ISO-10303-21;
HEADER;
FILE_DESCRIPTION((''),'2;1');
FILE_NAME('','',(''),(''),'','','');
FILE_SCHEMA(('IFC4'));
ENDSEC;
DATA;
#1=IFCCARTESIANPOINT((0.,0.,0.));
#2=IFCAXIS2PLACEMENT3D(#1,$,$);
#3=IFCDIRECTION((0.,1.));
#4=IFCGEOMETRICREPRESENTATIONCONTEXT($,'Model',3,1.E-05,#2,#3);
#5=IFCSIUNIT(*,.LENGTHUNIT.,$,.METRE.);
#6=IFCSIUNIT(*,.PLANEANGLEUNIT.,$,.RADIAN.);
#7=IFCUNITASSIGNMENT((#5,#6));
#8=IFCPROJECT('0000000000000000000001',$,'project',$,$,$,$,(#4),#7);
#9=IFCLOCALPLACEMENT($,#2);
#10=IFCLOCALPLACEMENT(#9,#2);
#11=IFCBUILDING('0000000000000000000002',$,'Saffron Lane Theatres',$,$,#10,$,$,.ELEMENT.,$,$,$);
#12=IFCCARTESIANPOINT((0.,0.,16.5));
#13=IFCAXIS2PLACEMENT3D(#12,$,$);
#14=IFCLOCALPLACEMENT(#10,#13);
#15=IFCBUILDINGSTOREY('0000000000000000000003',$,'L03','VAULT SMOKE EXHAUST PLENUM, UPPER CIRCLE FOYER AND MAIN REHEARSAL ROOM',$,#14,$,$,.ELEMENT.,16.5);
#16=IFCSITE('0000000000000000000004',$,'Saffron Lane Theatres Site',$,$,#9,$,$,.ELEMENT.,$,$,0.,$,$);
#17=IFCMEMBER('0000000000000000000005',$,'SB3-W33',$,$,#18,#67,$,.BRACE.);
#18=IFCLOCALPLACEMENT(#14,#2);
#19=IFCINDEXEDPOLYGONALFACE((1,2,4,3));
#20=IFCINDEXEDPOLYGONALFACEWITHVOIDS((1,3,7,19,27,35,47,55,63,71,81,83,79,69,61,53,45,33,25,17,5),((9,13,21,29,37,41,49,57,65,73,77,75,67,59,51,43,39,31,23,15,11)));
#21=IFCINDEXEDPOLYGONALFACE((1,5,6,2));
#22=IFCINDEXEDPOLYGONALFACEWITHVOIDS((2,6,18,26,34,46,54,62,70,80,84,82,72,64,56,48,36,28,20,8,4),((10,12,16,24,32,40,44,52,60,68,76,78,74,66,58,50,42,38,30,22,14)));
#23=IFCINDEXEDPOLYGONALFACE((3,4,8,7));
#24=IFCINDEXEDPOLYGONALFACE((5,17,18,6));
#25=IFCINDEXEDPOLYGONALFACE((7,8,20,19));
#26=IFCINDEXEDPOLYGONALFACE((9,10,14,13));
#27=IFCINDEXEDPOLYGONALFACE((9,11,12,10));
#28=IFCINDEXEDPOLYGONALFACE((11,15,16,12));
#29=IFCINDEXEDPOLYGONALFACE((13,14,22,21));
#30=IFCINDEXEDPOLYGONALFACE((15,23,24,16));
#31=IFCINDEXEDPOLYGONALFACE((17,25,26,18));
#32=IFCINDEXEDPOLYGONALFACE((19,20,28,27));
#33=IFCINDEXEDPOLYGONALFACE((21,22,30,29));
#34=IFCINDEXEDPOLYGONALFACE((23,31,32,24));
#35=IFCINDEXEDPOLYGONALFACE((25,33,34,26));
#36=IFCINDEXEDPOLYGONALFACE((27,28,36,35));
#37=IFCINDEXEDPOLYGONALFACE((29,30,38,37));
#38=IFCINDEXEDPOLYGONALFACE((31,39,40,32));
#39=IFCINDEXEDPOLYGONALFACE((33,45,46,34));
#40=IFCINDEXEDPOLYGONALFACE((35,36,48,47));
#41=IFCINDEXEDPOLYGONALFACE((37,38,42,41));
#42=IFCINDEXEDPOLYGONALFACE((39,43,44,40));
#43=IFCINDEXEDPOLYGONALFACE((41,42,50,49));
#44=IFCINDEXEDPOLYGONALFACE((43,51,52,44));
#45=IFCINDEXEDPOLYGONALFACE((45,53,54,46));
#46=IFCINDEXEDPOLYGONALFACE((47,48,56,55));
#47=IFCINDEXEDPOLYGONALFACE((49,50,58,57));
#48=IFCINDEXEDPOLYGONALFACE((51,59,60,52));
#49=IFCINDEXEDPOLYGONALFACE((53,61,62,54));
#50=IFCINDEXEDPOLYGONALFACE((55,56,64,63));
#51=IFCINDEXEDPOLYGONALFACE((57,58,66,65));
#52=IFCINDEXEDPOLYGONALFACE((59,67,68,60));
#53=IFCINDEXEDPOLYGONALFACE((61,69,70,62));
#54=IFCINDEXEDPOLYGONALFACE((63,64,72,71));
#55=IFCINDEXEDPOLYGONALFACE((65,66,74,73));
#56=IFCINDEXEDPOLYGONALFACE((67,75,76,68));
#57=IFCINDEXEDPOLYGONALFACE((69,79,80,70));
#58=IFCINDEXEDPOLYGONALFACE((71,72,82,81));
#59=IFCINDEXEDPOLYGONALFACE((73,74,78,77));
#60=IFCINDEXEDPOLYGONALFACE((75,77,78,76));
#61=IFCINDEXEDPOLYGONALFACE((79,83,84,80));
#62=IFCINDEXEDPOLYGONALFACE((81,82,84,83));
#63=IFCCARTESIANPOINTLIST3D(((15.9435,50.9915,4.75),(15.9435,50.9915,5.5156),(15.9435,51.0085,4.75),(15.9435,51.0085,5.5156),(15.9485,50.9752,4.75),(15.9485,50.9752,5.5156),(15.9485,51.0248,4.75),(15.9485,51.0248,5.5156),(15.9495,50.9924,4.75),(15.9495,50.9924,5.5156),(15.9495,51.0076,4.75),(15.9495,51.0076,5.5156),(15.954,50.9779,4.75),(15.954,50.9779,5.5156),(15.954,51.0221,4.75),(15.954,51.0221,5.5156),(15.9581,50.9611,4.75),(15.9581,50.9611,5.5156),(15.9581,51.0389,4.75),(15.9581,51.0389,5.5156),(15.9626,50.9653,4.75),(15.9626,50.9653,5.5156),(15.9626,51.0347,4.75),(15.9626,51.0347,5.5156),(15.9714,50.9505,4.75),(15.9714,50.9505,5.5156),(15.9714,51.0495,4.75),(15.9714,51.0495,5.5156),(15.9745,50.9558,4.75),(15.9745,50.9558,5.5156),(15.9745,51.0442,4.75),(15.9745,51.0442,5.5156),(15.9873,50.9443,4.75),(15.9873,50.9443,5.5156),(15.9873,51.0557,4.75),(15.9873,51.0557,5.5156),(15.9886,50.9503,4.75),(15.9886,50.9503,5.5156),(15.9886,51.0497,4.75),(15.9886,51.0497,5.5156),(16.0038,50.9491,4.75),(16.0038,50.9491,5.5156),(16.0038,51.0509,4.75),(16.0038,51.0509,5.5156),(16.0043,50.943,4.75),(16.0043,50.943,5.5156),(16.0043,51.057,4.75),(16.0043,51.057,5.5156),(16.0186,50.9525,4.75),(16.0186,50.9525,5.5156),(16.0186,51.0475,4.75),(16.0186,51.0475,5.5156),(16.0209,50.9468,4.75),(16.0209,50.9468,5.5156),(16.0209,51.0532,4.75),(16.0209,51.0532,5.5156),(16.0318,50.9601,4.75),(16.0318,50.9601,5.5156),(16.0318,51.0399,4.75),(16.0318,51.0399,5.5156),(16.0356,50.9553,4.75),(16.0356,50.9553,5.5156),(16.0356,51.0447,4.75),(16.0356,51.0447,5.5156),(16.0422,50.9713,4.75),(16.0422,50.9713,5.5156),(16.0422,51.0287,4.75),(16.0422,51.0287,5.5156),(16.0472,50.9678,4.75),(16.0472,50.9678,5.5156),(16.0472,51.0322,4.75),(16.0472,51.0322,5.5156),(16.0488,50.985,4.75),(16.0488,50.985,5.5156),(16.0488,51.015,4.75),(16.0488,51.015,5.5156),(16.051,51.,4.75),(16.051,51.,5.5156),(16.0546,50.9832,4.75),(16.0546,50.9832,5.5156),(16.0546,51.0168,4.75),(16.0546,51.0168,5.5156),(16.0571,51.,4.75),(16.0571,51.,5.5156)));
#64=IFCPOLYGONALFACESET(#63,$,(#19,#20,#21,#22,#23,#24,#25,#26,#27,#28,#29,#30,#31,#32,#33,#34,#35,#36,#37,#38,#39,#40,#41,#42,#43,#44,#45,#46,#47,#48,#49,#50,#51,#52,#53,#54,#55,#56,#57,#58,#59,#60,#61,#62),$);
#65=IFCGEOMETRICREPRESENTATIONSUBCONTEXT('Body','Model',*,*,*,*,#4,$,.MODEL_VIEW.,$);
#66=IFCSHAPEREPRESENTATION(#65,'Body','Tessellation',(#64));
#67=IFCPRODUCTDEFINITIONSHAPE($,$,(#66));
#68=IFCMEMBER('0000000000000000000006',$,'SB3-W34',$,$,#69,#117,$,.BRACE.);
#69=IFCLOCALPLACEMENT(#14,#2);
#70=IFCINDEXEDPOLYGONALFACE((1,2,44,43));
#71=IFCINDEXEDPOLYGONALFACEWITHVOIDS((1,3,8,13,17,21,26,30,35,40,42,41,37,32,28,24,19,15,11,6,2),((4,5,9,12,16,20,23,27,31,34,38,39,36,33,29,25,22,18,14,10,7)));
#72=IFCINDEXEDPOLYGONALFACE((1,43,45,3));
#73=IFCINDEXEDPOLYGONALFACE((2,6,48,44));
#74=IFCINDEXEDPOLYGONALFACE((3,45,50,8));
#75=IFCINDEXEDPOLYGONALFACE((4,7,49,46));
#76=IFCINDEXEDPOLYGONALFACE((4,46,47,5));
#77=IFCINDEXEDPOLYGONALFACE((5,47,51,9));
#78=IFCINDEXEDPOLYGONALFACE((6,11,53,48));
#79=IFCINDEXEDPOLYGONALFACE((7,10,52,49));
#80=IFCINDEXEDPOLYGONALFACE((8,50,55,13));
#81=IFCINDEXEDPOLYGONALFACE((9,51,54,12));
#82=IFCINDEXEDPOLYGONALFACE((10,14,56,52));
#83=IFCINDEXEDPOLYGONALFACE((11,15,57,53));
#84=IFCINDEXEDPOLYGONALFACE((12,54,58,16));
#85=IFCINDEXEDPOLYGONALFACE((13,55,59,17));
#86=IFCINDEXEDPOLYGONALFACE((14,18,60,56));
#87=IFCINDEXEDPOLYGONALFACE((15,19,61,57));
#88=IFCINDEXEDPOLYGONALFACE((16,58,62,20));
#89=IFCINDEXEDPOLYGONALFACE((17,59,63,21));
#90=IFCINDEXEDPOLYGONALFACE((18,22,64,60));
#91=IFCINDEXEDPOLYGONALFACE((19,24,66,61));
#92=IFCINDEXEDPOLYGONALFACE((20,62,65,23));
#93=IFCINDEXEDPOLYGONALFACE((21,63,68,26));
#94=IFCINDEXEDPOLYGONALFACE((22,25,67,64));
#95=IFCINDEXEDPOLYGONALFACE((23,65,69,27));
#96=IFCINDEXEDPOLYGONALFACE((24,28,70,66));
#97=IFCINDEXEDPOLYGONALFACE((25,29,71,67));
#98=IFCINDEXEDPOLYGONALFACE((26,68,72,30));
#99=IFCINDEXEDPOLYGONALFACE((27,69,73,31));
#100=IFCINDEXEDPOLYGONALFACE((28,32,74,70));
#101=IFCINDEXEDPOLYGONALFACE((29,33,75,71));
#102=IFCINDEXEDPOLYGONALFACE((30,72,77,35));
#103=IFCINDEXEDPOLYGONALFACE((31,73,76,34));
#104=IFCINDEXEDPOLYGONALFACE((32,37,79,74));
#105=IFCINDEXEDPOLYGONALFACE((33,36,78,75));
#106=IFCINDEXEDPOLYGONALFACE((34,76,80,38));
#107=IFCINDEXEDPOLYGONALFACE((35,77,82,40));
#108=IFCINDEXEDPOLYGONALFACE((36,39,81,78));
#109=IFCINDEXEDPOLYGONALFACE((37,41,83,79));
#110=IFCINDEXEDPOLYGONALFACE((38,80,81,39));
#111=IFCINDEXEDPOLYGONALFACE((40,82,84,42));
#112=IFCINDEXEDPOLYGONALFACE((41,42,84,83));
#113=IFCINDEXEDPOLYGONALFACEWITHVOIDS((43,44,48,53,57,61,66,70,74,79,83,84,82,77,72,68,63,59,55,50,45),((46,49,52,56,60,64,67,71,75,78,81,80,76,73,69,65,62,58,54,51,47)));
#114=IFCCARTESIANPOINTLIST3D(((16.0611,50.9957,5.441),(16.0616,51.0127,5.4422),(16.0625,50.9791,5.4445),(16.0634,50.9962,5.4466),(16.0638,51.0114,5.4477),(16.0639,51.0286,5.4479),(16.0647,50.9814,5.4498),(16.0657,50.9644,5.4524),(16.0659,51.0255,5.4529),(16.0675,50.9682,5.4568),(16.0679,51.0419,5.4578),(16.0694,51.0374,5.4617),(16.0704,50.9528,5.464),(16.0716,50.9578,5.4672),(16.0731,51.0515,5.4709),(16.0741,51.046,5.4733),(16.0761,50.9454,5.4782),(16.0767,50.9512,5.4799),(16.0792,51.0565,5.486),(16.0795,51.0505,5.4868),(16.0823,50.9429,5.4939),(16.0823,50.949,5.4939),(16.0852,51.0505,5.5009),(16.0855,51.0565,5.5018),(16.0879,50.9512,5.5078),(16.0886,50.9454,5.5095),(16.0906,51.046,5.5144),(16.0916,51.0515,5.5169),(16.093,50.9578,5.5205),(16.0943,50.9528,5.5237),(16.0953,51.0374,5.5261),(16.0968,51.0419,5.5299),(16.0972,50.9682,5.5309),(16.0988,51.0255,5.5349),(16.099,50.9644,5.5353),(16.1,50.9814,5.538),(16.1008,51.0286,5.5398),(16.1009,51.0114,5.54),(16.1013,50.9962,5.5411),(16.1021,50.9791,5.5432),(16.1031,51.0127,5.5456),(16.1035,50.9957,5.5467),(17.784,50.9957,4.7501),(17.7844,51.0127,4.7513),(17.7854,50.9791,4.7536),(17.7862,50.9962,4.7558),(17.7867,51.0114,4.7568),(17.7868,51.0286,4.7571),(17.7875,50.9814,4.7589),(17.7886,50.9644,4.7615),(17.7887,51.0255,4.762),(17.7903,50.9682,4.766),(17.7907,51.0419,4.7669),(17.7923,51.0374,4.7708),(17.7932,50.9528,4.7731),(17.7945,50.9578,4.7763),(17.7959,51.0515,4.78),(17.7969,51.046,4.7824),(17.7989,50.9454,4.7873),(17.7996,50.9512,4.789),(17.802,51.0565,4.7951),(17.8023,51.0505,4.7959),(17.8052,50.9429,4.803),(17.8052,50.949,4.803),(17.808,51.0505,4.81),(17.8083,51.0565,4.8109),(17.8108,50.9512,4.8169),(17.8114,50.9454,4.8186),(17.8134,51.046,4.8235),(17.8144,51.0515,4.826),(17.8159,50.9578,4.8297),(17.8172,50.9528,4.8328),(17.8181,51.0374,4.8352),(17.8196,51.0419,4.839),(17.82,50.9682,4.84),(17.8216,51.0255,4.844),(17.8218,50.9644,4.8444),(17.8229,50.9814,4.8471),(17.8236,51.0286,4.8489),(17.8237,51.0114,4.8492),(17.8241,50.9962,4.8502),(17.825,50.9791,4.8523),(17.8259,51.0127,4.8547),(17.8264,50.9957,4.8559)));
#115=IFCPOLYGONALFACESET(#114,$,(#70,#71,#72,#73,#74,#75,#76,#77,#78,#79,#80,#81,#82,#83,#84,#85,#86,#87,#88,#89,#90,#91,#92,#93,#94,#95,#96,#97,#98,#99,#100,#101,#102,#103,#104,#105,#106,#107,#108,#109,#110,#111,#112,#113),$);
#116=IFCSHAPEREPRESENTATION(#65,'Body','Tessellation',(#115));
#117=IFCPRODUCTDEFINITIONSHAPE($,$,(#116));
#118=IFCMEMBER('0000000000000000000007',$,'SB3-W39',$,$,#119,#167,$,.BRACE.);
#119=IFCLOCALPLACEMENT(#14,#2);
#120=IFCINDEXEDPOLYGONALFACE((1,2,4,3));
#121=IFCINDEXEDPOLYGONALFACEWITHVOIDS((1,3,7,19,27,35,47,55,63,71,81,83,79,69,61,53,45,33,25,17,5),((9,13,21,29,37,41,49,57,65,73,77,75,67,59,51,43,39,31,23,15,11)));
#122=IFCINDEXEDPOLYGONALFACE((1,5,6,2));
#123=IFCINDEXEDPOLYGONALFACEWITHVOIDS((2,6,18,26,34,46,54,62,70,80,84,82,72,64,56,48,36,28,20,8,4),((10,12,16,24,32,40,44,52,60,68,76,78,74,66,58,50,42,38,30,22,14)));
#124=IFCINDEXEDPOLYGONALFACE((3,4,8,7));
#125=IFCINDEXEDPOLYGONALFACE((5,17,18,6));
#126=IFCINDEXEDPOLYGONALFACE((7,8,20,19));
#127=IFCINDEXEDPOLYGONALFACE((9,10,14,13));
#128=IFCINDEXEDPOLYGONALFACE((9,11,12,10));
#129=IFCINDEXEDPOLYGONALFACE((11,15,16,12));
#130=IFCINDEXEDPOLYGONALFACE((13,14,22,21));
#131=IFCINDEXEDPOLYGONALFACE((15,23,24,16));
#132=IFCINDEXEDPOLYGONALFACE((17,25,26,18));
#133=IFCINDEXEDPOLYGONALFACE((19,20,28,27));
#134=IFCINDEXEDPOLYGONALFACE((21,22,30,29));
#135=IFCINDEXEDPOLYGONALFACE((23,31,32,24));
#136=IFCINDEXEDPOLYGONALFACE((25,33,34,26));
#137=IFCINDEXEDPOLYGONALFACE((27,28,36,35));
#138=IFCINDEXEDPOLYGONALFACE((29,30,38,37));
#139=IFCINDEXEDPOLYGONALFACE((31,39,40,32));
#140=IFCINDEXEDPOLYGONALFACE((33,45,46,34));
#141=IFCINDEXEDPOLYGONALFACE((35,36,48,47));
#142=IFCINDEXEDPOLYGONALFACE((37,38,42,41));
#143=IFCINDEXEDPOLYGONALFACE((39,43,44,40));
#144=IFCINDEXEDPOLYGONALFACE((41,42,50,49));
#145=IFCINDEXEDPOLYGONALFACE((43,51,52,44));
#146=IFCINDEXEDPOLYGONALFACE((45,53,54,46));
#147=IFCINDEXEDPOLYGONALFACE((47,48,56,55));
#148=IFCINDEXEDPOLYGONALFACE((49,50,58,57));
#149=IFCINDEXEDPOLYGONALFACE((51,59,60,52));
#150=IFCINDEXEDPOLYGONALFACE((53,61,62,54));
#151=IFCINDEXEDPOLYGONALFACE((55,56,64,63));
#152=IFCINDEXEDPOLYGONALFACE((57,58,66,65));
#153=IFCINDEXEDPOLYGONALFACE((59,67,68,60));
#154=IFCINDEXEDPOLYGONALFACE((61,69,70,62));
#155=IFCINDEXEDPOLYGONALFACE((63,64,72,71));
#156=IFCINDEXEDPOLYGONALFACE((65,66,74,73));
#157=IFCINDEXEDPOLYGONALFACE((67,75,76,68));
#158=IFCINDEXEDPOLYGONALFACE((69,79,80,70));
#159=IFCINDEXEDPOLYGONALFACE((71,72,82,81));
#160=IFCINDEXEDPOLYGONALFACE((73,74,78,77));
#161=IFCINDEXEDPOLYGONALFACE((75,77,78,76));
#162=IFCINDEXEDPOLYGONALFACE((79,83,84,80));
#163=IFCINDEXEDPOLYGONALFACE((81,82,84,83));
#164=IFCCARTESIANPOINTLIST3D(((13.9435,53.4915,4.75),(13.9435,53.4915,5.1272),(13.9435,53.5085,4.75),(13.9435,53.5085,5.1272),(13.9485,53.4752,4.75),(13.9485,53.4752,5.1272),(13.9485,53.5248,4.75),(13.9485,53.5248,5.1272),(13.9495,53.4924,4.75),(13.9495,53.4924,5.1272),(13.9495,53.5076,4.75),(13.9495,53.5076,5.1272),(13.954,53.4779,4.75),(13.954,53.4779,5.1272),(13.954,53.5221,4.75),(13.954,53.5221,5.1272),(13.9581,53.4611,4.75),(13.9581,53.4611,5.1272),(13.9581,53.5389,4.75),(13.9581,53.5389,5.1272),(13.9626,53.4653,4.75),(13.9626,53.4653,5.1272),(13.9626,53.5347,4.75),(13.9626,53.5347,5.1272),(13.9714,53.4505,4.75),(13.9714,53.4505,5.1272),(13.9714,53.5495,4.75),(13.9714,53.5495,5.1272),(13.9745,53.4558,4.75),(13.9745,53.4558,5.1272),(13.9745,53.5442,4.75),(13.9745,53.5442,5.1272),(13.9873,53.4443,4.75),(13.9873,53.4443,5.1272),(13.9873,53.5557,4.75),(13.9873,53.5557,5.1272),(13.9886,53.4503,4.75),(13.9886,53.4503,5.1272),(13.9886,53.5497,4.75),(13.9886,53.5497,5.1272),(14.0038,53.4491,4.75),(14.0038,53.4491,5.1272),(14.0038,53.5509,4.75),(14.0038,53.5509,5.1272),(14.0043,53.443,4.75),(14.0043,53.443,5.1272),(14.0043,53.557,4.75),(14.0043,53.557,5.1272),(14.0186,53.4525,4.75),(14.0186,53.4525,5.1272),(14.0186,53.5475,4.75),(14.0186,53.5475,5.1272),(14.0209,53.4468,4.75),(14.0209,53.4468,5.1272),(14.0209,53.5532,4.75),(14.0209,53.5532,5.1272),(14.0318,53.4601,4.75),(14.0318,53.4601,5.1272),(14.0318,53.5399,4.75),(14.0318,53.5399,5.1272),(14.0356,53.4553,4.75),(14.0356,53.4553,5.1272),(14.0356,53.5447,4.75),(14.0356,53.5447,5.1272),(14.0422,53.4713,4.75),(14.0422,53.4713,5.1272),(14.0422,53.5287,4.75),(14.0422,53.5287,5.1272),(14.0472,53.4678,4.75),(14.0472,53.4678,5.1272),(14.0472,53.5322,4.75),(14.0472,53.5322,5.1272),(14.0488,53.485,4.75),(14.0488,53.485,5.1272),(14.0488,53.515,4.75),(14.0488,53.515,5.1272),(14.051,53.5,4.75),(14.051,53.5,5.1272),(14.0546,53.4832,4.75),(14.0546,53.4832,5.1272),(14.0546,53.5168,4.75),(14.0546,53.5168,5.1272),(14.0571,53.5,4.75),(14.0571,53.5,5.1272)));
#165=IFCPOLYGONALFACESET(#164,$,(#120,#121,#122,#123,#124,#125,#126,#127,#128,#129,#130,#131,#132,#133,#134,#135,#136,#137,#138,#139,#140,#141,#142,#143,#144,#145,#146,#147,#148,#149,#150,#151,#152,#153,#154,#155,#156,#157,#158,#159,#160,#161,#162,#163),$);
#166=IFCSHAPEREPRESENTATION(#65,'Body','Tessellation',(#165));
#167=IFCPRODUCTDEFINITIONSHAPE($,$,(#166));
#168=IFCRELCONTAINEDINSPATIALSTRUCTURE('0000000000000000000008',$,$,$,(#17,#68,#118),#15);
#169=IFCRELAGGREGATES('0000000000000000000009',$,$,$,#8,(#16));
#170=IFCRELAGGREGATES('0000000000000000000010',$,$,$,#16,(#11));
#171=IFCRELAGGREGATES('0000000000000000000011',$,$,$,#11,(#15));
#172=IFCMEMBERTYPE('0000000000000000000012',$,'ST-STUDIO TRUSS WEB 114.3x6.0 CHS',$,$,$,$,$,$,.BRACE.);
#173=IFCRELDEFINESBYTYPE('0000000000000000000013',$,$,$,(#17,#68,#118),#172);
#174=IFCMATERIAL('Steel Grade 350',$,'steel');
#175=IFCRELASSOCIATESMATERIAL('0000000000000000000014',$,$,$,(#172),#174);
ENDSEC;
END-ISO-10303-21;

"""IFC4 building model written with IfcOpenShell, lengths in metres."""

from ifc_helpers import new_model, si_unit, direction, frame, origin, origin_2d, place, context, subcontext, project, spatial, hollow_circle, extrude, material, material_profile, profile_set, type_object, element, save


model = new_model("IFC4")

# Units and contexts
model_context = context("Model", 3, precision=1e-05, world=origin(), true_north=direction((0.0, 1.0)))
body_context = subcontext(model_context, "Body", "Model", "MODEL_VIEW")
ifc_project = project(units=[si_unit("LENGTHUNIT", "METRE"), si_unit("PLANEANGLEUNIT", "RADIAN")], contexts=[model_context])

# Site, building, storey
site_placement = place(None, origin())
site = spatial("IfcSite", under=ifc_project, at=site_placement, Name="Saffron Lane Theatres Site", CompositionType="ELEMENT", RefElevation=0.0)
building_placement = place(site_placement, origin())
building = spatial("IfcBuilding", under=site, at=building_placement, Name="Saffron Lane Theatres", CompositionType="ELEMENT")
storey_placement = place(building_placement, frame((0.0, 0.0, 16.5)))
storey = spatial("IfcBuildingStorey", under=building, at=storey_placement, Name="L03", Description="VAULT SMOKE EXHAUST PLENUM, UPPER CIRCLE FOYER AND MAIN REHEARSAL ROOM", CompositionType="ELEMENT", Elevation=16.5)

# Members
ifc_material_1 = material(Name="Steel Grade 350", Category="steel")
ifc_material_profile_1 = material_profile(ifc_material_1, hollow_circle(Radius=0.0571, WallThickness=0.0061, at=origin_2d()))
ifc_profile_set_1 = profile_set([ifc_material_profile_1], Name="Steel Grade 350")
member_type_1 = type_object("IfcMemberType", Name="ST-STUDIO TRUSS WEB 114.3x6.0 CHS", PredefinedType="BRACE", material=ifc_profile_set_1)
member_1_placement = place(storey_placement, frame((16.0, 51.0, 4.75), z_axis=(0.0, 0.0, 1.0), x_axis=(1.0, 0.0, 0.0)))
element("IfcMember", 1, at=member_1_placement, inside=storey, type_object=member_type_1, Name="SB3-W33", PredefinedType="BRACE", context=body_context, shape_type="SweptSolid", body=[
    extrude(hollow_circle(Radius=0.0571, WallThickness=0.0061, at=origin_2d()), origin(), (0.0, 0.0, 1.0), 0.7656),
])
member_2_placement = place(storey_placement, frame((17.8052, 51.0, 4.803), z_axis=(-0.92815, 0.0, 0.372207), x_axis=(0.0, -1.0, 0.0)))
element("IfcMember", 2, at=member_2_placement, inside=storey, type_object=member_type_1, Name="SB3-W34", PredefinedType="BRACE", context=body_context, shape_type="SweptSolid", body=[
    extrude(hollow_circle(Radius=0.0571, WallThickness=0.0061, at=origin_2d()), origin(), (0.0, 0.0, 1.0), 1.8562),
])
member_3_placement = place(storey_placement, frame((14.0, 53.5, 4.75), z_axis=(0.0, 0.0, 1.0), x_axis=(1.0, 0.0, 0.0)))
element("IfcMember", 3, at=member_3_placement, inside=storey, type_object=member_type_1, Name="SB3-W39", PredefinedType="BRACE", context=body_context, shape_type="SweptSolid", body=[
    extrude(hollow_circle(Radius=0.0571, WallThickness=0.0061, at=origin_2d()), origin(), (0.0, 0.0, 1.0), 0.3772),
])

save(model, "model.ifc")
